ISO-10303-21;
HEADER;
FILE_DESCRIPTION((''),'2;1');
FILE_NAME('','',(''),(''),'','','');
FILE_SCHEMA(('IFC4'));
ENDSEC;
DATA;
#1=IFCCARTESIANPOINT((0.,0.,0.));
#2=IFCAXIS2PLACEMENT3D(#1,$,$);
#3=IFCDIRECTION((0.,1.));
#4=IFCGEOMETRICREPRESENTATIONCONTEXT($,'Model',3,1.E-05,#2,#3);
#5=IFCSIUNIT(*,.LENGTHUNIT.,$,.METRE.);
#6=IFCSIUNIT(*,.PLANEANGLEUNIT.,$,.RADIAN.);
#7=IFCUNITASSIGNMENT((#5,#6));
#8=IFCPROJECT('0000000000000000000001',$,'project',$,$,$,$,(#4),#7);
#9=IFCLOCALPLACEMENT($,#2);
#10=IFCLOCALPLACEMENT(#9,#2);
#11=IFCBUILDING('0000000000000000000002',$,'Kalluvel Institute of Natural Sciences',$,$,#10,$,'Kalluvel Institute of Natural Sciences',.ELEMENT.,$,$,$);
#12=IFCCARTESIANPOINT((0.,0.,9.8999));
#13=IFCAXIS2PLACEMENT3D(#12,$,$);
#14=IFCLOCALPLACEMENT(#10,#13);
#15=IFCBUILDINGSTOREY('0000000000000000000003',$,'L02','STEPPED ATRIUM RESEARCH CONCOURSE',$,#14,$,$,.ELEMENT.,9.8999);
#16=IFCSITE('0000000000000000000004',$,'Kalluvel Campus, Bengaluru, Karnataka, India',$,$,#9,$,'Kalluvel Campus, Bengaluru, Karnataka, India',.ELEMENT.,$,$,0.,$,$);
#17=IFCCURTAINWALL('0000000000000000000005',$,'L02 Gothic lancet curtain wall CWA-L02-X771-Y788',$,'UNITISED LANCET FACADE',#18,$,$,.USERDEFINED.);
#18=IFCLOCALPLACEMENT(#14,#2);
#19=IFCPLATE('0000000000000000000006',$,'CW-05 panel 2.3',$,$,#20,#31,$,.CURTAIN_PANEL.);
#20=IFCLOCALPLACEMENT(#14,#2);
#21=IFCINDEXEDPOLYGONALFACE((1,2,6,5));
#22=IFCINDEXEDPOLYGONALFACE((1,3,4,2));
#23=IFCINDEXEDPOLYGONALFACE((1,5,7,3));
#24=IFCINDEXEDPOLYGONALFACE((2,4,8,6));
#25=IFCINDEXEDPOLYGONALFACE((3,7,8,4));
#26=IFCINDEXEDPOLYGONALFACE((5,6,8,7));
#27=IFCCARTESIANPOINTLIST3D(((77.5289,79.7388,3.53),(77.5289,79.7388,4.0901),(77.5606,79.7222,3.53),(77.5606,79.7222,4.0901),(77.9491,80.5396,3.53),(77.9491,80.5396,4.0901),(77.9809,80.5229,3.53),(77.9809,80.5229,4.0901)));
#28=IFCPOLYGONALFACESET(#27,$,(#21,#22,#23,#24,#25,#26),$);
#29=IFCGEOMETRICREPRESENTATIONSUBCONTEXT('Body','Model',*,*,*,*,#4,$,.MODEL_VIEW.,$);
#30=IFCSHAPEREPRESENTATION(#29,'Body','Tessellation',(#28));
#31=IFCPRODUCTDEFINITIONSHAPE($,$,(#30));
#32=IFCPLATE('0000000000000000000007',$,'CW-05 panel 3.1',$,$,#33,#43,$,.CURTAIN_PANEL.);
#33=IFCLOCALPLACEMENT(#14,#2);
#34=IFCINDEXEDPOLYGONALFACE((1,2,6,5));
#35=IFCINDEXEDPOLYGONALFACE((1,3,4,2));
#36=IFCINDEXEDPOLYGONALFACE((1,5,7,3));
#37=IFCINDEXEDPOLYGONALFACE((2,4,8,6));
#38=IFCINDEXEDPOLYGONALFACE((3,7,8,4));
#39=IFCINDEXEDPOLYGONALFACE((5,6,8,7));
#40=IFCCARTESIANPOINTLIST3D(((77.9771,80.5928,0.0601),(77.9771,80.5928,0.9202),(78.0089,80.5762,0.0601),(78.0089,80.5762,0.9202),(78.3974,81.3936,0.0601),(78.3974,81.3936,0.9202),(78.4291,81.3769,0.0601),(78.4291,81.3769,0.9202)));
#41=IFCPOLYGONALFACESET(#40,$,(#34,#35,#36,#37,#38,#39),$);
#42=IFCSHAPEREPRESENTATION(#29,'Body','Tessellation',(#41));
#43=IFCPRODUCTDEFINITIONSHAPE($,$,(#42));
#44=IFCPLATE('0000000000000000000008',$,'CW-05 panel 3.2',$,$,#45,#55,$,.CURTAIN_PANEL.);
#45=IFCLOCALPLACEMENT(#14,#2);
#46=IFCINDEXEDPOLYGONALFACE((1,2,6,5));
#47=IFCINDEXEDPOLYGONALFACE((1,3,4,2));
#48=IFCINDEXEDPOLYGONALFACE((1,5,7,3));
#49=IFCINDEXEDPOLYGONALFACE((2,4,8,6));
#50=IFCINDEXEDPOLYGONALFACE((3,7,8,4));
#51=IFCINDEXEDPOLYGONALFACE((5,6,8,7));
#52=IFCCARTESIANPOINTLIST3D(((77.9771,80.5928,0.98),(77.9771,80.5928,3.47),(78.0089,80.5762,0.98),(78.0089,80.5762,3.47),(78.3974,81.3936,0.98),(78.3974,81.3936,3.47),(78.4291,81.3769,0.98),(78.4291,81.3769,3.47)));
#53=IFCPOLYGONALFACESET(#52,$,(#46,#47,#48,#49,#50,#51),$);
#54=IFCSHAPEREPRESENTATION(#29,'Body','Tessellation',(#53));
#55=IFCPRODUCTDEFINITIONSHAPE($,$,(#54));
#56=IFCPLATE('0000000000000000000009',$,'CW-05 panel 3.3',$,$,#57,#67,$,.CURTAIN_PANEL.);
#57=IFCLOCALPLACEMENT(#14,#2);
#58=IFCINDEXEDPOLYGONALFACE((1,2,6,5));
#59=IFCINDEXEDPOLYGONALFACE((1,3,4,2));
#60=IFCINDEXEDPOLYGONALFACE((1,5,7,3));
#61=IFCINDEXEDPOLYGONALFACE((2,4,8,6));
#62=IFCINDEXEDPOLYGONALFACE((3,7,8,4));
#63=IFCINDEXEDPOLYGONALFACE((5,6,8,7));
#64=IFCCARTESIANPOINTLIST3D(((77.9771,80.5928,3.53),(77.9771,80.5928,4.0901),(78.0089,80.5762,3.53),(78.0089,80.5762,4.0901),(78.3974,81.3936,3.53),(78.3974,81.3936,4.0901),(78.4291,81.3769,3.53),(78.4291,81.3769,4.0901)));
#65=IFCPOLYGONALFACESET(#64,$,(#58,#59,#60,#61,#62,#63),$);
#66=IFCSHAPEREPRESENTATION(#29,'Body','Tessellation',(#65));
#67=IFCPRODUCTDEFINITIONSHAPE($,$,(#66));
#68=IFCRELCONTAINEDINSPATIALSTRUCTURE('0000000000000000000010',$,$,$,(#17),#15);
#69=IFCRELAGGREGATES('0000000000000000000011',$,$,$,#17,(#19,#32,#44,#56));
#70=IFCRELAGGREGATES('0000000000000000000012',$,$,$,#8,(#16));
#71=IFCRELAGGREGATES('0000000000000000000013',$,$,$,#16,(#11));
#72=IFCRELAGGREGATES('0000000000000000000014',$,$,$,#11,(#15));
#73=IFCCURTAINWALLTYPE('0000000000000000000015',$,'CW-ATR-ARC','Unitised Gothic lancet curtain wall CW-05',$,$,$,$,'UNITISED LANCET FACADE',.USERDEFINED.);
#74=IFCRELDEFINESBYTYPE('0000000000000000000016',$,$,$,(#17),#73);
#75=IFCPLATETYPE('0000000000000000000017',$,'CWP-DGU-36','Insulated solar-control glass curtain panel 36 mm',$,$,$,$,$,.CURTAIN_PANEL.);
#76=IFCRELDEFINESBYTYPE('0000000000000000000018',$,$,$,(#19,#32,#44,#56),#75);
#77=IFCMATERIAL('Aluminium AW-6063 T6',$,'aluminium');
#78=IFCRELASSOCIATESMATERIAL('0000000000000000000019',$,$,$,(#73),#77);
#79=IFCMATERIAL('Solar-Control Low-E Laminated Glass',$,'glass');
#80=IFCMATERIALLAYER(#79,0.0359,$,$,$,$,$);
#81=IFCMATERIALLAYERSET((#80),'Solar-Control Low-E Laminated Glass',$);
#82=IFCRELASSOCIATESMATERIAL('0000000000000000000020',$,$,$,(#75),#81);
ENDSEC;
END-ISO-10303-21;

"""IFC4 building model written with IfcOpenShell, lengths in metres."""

from ifc_helpers import new_model, si_unit, direction, frame, origin, origin_2d, place, context, subcontext, project, spatial, rectangle, extrude, material, layer, layer_set, type_object, element, aggregate, save


model = new_model("IFC4")

# Units and contexts
model_context = context("Model", 3, precision=1e-05, world=origin(), true_north=direction((0.0, 1.0)))
body_context = subcontext(model_context, "Body", "Model", "MODEL_VIEW")
ifc_project = project(units=[si_unit("LENGTHUNIT", "METRE"), si_unit("PLANEANGLEUNIT", "RADIAN")], contexts=[model_context])

# Site, building, storey
site_placement = place(None, origin())
site = spatial("IfcSite", under=ifc_project, at=site_placement, Name="Kalluvel Campus, Bengaluru, Karnataka, India", LongName="Kalluvel Campus, Bengaluru, Karnataka, India", CompositionType="ELEMENT", RefElevation=0.0)
building_placement = place(site_placement, origin())
building = spatial("IfcBuilding", under=site, at=building_placement, Name="Kalluvel Institute of Natural Sciences", LongName="Kalluvel Institute of Natural Sciences", CompositionType="ELEMENT")
storey_placement = place(building_placement, frame((0.0, 0.0, 9.8999)))
storey = spatial("IfcBuildingStorey", under=building, at=storey_placement, Name="L02", Description="STEPPED ATRIUM RESEARCH CONCOURSE", CompositionType="ELEMENT", Elevation=9.8999)

# Curtain wall, plates
ifc_material_1 = material(Name="Aluminium AW-6063 T6", Category="aluminium")
curtain_wall_type = type_object("IfcCurtainWallType", Name="CW-ATR-ARC", Description="Unitised Gothic lancet curtain wall CW-05", ElementType="UNITISED LANCET FACADE", PredefinedType="USERDEFINED", material=ifc_material_1)
curtain_wall_placement = place(storey_placement, origin())
curtain_wall = element("IfcCurtainWall", 1, at=curtain_wall_placement, inside=storey, type_object=curtain_wall_type, Name="L02 Gothic lancet curtain wall CWA-L02-X771-Y788", ObjectType="UNITISED LANCET FACADE", PredefinedType="USERDEFINED")
ifc_material_2 = material(Name="Solar-Control Low-E Laminated Glass", Category="glass")
ifc_layer = layer(ifc_material_2, 0.0359)
ifc_layer_set = layer_set([ifc_layer], Name="Solar-Control Low-E Laminated Glass")
plate_type = type_object("IfcPlateType", Name="CWP-DGU-36", Description="Insulated solar-control glass curtain panel 36 mm", PredefinedType="CURTAIN_PANEL", material=ifc_layer_set)
plate_1_placement = place(storey_placement, frame((77.7549, 80.1309, 3.53), z_axis=(0.0, 0.0, 1.0), x_axis=(0.464734, 0.88545, 0.0)))
plate_1 = element("IfcPlate", 2, at=plate_1_placement, type_object=plate_type, Name="CW-05 panel 2.3", PredefinedType="CURTAIN_PANEL", context=body_context, shape_type="SweptSolid", body=[
    extrude(rectangle(XDim=0.9043, YDim=0.0359, at=origin_2d()), origin(), (0.0, 0.0, 1.0), 0.5601),
])
plate_2_placement = place(storey_placement, frame((78.2031, 80.9849, 0.0601), z_axis=(0.0, 0.0, 1.0), x_axis=(0.464734, 0.88545, 0.0)))
plate_2 = element("IfcPlate", 3, at=plate_2_placement, type_object=plate_type, Name="CW-05 panel 3.1", PredefinedType="CURTAIN_PANEL", context=body_context, shape_type="SweptSolid", body=[
    extrude(rectangle(XDim=0.9043, YDim=0.0359, at=origin_2d()), origin(), (0.0, 0.0, 1.0), 0.8601),
])
plate_3_placement = place(storey_placement, frame((78.2031, 80.9849, 0.98), z_axis=(0.0, 0.0, 1.0), x_axis=(0.464734, 0.88545, 0.0)))
plate_3 = element("IfcPlate", 4, at=plate_3_placement, type_object=plate_type, Name="CW-05 panel 3.2", PredefinedType="CURTAIN_PANEL", context=body_context, shape_type="SweptSolid", body=[
    extrude(rectangle(XDim=0.9043, YDim=0.0359, at=origin_2d()), origin(), (0.0, 0.0, 1.0), 2.49),
])
plate_4_placement = place(storey_placement, frame((78.2031, 80.9849, 3.53), z_axis=(0.0, 0.0, 1.0), x_axis=(0.464734, 0.88545, 0.0)))
plate_4 = element("IfcPlate", 5, at=plate_4_placement, type_object=plate_type, Name="CW-05 panel 3.3", PredefinedType="CURTAIN_PANEL", context=body_context, shape_type="SweptSolid", body=[
    extrude(rectangle(XDim=0.9043, YDim=0.0359, at=origin_2d()), origin(), (0.0, 0.0, 1.0), 0.5601),
])
aggregate(curtain_wall, [plate_1, plate_2, plate_3, plate_4])

save(model, "model.ifc")
